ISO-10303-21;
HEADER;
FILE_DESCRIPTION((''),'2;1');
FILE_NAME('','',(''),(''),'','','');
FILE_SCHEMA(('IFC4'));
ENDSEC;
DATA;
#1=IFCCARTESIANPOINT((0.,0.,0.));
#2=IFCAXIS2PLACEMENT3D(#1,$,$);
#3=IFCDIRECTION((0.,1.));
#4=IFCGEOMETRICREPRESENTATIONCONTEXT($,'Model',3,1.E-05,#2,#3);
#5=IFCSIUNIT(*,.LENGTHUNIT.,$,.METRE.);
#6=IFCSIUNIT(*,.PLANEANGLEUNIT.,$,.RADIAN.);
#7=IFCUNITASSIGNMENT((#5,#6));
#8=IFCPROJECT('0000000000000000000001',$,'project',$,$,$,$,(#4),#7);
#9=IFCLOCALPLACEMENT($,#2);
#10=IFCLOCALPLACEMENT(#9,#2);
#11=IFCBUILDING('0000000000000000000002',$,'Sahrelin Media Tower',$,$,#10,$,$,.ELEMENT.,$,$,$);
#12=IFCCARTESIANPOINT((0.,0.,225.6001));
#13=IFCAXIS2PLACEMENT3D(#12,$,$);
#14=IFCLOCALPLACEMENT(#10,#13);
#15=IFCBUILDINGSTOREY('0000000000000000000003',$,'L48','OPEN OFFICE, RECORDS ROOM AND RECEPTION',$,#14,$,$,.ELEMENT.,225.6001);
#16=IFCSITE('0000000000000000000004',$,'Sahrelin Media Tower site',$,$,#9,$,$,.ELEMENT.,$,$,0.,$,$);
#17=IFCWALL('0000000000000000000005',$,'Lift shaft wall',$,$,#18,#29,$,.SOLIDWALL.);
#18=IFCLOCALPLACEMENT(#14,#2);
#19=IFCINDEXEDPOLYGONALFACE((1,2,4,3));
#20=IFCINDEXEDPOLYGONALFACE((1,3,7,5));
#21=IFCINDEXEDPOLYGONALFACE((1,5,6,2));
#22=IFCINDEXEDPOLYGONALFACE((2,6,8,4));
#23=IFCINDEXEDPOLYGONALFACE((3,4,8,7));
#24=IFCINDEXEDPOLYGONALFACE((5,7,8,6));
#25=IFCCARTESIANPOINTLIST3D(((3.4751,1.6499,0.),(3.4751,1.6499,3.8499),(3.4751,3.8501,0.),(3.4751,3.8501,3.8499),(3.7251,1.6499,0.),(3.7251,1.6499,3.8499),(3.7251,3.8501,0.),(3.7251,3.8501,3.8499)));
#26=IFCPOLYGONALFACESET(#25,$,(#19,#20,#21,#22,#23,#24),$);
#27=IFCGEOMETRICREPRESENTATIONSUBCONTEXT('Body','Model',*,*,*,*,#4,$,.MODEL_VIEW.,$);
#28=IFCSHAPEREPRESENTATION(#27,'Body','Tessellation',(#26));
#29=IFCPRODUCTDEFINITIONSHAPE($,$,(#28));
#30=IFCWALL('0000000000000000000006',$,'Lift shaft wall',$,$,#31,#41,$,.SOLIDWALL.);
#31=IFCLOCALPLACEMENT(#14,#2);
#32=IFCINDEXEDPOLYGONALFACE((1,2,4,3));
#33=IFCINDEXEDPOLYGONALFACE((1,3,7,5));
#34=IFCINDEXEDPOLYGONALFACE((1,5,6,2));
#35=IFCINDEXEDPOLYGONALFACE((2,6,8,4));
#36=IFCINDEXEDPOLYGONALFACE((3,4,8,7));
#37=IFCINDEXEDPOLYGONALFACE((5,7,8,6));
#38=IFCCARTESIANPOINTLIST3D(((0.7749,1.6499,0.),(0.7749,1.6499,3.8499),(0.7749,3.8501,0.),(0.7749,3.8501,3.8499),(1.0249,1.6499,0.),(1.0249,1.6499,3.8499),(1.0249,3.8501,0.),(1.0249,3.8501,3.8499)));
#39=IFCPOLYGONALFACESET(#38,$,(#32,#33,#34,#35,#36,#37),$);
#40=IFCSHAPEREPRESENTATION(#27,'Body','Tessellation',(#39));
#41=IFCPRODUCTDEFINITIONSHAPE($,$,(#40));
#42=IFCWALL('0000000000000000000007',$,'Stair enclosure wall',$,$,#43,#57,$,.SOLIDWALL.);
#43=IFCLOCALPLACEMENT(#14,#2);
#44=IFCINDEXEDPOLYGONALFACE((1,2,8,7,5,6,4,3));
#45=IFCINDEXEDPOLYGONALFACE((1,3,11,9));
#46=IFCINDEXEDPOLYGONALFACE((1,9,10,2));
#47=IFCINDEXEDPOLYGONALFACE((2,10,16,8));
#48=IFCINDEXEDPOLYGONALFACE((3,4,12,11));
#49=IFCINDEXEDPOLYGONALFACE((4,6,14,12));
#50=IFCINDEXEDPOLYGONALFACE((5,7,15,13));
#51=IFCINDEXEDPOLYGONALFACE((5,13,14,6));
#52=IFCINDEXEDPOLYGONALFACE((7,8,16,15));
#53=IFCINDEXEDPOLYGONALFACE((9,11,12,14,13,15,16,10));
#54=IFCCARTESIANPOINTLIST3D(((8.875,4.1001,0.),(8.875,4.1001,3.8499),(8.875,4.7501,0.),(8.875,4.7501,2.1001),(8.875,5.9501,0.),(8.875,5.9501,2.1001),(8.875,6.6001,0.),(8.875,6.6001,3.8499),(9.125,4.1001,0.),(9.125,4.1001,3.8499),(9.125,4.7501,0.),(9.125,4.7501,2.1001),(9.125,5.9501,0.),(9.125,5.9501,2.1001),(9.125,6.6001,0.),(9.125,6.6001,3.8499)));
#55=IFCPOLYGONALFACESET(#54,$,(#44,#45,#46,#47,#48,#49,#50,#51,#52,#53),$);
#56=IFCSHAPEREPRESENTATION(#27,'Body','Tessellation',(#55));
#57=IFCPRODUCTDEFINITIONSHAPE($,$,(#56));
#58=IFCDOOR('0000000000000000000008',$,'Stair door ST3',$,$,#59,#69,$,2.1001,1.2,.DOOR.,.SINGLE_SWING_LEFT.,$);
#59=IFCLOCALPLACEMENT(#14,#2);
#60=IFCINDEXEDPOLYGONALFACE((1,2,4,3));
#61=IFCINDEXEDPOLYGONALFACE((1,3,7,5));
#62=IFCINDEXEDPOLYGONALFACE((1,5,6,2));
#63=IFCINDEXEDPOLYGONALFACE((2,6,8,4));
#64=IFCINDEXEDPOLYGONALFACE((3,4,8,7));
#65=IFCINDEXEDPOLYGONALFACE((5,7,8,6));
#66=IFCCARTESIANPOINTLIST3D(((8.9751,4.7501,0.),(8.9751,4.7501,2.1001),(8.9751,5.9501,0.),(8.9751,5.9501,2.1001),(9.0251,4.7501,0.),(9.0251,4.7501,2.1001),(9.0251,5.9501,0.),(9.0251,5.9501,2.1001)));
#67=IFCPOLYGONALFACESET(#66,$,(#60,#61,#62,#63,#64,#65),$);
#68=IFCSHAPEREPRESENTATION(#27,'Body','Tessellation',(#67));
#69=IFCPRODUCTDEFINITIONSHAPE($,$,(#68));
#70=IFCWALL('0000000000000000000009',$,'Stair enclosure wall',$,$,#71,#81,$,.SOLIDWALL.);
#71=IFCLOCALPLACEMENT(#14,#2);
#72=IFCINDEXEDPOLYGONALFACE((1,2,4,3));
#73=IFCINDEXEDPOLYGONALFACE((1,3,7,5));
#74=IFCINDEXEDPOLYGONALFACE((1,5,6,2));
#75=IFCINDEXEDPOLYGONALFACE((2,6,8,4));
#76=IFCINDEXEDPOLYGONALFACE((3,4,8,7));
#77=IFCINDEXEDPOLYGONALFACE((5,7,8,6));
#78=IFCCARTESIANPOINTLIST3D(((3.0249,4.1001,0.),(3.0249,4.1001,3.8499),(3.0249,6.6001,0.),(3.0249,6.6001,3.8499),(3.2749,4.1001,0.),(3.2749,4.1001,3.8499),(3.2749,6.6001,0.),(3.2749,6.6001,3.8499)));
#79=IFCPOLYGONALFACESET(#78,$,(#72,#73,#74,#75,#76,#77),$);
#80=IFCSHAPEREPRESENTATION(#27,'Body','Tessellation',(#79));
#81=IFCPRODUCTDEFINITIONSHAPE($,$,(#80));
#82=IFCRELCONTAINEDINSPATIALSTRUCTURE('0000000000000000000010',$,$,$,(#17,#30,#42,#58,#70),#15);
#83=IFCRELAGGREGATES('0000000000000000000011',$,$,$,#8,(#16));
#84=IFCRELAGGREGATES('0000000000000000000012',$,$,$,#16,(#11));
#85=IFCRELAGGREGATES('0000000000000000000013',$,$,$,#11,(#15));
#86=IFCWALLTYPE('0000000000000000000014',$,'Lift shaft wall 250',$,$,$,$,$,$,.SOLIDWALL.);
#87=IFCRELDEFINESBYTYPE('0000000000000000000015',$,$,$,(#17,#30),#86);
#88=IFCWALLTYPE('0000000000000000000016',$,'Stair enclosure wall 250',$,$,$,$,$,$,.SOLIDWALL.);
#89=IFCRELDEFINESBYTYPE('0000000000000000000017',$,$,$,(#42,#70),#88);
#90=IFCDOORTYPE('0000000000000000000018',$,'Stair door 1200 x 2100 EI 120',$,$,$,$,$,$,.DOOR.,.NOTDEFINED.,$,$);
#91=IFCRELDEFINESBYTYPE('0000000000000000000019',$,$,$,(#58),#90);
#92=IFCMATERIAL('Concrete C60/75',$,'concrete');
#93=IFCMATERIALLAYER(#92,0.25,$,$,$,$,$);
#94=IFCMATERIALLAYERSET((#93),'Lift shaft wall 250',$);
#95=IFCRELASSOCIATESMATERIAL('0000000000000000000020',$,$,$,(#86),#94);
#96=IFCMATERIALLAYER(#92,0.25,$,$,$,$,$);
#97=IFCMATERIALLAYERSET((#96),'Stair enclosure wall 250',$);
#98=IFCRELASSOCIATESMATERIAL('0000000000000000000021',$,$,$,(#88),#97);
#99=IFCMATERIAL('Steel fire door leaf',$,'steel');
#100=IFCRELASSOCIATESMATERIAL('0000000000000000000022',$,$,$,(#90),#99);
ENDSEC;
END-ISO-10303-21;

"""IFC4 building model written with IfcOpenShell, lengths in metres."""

from ifc_helpers import new_model, si_unit, direction, frame, frame_2d, origin, place, context, subcontext, project, spatial, rectangle, extrude, material, layer, layer_set, type_object, element, fill, save


model = new_model("IFC4")

# Units and contexts
model_context = context("Model", 3, precision=1e-05, world=origin(), true_north=direction((0.0, 1.0)))
body_context = subcontext(model_context, "Body", "Model", "MODEL_VIEW")
ifc_project = project(units=[si_unit("LENGTHUNIT", "METRE"), si_unit("PLANEANGLEUNIT", "RADIAN")], contexts=[model_context])

# Site, building, storey
site_placement = place(None, origin())
site = spatial("IfcSite", under=ifc_project, at=site_placement, Name="Sahrelin Media Tower site", CompositionType="ELEMENT", RefElevation=0.0)
building_placement = place(site_placement, origin())
building = spatial("IfcBuilding", under=site, at=building_placement, Name="Sahrelin Media Tower", CompositionType="ELEMENT")
storey_placement = place(building_placement, frame((0.0, 0.0, 225.6001)))
storey = spatial("IfcBuildingStorey", under=building, at=storey_placement, Name="L48", Description="OPEN OFFICE, RECORDS ROOM AND RECEPTION", CompositionType="ELEMENT", Elevation=225.6001)

# Shared definitions
ifc_material_1 = material(Name="Concrete C60/75", Category="concrete")
ifc_layer_1 = layer(ifc_material_1, 0.25)
ifc_layer_set_1 = layer_set([ifc_layer_1], Name="Lift shaft wall 250")
wall_type_1 = type_object("IfcWallType", Name="Lift shaft wall 250", PredefinedType="SOLIDWALL", material=ifc_layer_set_1)

# Walls
for number, where, z_axis, x_axis, name in (
    (1, (3.6001, 1.6499, 0.0), (0.0, 0.0, 1.0), (0.0, 1.0, 0.0), "Lift shaft wall"),
    (2, (0.8999, 1.6499, 0.0), (0.0, 0.0, 1.0), (0.0, 1.0, 0.0), "Lift shaft wall"),
):
    element("IfcWall", number, at=place(storey_placement, frame(where, z_axis=z_axis, x_axis=x_axis)), inside=storey, type_object=wall_type_1, Name=name, PredefinedType="SOLIDWALL", context=body_context, shape_type="SweptSolid", body=[
        extrude(rectangle(XDim=2.2002, YDim=0.25, at=frame_2d((1.1001, 0.0))), origin(), (0.0, 0.0, 1.0), 3.8499),
    ])

# Wall, opening, door
ifc_layer_2 = layer(ifc_material_1, 0.25)
ifc_layer_set_2 = layer_set([ifc_layer_2], Name="Stair enclosure wall 250")
wall_type_2 = type_object("IfcWallType", Name="Stair enclosure wall 250", PredefinedType="SOLIDWALL", material=ifc_layer_set_2)
wall_1_placement = place(storey_placement, frame((9.0, 4.1001, 0.0), z_axis=(0.0, 0.0, 1.0), x_axis=(0.0, 1.0, 0.0)))
wall_1 = element("IfcWall", 3, at=wall_1_placement, inside=storey, type_object=wall_type_2, Name="Stair enclosure wall", PredefinedType="SOLIDWALL", context=body_context, shape_type="SweptSolid", body=[
    extrude(rectangle(XDim=2.5, YDim=0.25, at=frame_2d((1.25, 0.0))), origin(), (0.0, 0.0, 1.0), 3.8499),
])
opening_1_placement = place(wall_1_placement, frame((0.6499, 0.0, 0.0)))
opening_1 = element("IfcOpeningElement", 4, at=opening_1_placement, cuts=wall_1, PredefinedType="OPENING", context=body_context, shape_type="SweptSolid", body=[
    extrude(rectangle(XDim=1.2, YDim=2.1001, at=frame_2d((0.6001, 1.05))), frame((0.0, 0.125, 0.0), z_axis=(0.0, -1.0, 0.0), x_axis=(1.0, 0.0, 0.0)), (0.0, 0.0, 1.0), 0.25),
])
ifc_material_2 = material(Name="Steel fire door leaf", Category="steel")
door_type_1 = type_object("IfcDoorType", Name="Stair door 1200 x 2100 EI 120", OperationType="NOTDEFINED", PredefinedType="DOOR", material=ifc_material_2)
door_1_placement = place(opening_1_placement, origin())
door_1 = element("IfcDoor", 5, at=door_1_placement, inside=storey, type_object=door_type_1, Name="Stair door ST3", OperationType="SINGLE_SWING_LEFT", OverallHeight=2.1001, OverallWidth=1.2, PredefinedType="DOOR", context=body_context, shape_type="SweptSolid", body=[
    extrude(rectangle(XDim=1.2, YDim=2.1001, at=frame_2d((0.6001, 1.05))), frame((0.0, 0.0249, 0.0), z_axis=(0.0, -1.0, 0.0), x_axis=(1.0, 0.0, 0.0)), (0.0, 0.0, 1.0), 0.05),
])
fill(opening_1, door_1)

# Wall
wall_2_placement = place(storey_placement, frame((3.1499, 4.1001, 0.0), z_axis=(0.0, 0.0, 1.0), x_axis=(0.0, 1.0, 0.0)))
element("IfcWall", 6, at=wall_2_placement, inside=storey, type_object=wall_type_2, Name="Stair enclosure wall", PredefinedType="SOLIDWALL", context=body_context, shape_type="SweptSolid", body=[
    extrude(rectangle(XDim=2.5, YDim=0.25, at=frame_2d((1.25, 0.0))), origin(), (0.0, 0.0, 1.0), 3.8499),
])

save(model, "model.ifc")
